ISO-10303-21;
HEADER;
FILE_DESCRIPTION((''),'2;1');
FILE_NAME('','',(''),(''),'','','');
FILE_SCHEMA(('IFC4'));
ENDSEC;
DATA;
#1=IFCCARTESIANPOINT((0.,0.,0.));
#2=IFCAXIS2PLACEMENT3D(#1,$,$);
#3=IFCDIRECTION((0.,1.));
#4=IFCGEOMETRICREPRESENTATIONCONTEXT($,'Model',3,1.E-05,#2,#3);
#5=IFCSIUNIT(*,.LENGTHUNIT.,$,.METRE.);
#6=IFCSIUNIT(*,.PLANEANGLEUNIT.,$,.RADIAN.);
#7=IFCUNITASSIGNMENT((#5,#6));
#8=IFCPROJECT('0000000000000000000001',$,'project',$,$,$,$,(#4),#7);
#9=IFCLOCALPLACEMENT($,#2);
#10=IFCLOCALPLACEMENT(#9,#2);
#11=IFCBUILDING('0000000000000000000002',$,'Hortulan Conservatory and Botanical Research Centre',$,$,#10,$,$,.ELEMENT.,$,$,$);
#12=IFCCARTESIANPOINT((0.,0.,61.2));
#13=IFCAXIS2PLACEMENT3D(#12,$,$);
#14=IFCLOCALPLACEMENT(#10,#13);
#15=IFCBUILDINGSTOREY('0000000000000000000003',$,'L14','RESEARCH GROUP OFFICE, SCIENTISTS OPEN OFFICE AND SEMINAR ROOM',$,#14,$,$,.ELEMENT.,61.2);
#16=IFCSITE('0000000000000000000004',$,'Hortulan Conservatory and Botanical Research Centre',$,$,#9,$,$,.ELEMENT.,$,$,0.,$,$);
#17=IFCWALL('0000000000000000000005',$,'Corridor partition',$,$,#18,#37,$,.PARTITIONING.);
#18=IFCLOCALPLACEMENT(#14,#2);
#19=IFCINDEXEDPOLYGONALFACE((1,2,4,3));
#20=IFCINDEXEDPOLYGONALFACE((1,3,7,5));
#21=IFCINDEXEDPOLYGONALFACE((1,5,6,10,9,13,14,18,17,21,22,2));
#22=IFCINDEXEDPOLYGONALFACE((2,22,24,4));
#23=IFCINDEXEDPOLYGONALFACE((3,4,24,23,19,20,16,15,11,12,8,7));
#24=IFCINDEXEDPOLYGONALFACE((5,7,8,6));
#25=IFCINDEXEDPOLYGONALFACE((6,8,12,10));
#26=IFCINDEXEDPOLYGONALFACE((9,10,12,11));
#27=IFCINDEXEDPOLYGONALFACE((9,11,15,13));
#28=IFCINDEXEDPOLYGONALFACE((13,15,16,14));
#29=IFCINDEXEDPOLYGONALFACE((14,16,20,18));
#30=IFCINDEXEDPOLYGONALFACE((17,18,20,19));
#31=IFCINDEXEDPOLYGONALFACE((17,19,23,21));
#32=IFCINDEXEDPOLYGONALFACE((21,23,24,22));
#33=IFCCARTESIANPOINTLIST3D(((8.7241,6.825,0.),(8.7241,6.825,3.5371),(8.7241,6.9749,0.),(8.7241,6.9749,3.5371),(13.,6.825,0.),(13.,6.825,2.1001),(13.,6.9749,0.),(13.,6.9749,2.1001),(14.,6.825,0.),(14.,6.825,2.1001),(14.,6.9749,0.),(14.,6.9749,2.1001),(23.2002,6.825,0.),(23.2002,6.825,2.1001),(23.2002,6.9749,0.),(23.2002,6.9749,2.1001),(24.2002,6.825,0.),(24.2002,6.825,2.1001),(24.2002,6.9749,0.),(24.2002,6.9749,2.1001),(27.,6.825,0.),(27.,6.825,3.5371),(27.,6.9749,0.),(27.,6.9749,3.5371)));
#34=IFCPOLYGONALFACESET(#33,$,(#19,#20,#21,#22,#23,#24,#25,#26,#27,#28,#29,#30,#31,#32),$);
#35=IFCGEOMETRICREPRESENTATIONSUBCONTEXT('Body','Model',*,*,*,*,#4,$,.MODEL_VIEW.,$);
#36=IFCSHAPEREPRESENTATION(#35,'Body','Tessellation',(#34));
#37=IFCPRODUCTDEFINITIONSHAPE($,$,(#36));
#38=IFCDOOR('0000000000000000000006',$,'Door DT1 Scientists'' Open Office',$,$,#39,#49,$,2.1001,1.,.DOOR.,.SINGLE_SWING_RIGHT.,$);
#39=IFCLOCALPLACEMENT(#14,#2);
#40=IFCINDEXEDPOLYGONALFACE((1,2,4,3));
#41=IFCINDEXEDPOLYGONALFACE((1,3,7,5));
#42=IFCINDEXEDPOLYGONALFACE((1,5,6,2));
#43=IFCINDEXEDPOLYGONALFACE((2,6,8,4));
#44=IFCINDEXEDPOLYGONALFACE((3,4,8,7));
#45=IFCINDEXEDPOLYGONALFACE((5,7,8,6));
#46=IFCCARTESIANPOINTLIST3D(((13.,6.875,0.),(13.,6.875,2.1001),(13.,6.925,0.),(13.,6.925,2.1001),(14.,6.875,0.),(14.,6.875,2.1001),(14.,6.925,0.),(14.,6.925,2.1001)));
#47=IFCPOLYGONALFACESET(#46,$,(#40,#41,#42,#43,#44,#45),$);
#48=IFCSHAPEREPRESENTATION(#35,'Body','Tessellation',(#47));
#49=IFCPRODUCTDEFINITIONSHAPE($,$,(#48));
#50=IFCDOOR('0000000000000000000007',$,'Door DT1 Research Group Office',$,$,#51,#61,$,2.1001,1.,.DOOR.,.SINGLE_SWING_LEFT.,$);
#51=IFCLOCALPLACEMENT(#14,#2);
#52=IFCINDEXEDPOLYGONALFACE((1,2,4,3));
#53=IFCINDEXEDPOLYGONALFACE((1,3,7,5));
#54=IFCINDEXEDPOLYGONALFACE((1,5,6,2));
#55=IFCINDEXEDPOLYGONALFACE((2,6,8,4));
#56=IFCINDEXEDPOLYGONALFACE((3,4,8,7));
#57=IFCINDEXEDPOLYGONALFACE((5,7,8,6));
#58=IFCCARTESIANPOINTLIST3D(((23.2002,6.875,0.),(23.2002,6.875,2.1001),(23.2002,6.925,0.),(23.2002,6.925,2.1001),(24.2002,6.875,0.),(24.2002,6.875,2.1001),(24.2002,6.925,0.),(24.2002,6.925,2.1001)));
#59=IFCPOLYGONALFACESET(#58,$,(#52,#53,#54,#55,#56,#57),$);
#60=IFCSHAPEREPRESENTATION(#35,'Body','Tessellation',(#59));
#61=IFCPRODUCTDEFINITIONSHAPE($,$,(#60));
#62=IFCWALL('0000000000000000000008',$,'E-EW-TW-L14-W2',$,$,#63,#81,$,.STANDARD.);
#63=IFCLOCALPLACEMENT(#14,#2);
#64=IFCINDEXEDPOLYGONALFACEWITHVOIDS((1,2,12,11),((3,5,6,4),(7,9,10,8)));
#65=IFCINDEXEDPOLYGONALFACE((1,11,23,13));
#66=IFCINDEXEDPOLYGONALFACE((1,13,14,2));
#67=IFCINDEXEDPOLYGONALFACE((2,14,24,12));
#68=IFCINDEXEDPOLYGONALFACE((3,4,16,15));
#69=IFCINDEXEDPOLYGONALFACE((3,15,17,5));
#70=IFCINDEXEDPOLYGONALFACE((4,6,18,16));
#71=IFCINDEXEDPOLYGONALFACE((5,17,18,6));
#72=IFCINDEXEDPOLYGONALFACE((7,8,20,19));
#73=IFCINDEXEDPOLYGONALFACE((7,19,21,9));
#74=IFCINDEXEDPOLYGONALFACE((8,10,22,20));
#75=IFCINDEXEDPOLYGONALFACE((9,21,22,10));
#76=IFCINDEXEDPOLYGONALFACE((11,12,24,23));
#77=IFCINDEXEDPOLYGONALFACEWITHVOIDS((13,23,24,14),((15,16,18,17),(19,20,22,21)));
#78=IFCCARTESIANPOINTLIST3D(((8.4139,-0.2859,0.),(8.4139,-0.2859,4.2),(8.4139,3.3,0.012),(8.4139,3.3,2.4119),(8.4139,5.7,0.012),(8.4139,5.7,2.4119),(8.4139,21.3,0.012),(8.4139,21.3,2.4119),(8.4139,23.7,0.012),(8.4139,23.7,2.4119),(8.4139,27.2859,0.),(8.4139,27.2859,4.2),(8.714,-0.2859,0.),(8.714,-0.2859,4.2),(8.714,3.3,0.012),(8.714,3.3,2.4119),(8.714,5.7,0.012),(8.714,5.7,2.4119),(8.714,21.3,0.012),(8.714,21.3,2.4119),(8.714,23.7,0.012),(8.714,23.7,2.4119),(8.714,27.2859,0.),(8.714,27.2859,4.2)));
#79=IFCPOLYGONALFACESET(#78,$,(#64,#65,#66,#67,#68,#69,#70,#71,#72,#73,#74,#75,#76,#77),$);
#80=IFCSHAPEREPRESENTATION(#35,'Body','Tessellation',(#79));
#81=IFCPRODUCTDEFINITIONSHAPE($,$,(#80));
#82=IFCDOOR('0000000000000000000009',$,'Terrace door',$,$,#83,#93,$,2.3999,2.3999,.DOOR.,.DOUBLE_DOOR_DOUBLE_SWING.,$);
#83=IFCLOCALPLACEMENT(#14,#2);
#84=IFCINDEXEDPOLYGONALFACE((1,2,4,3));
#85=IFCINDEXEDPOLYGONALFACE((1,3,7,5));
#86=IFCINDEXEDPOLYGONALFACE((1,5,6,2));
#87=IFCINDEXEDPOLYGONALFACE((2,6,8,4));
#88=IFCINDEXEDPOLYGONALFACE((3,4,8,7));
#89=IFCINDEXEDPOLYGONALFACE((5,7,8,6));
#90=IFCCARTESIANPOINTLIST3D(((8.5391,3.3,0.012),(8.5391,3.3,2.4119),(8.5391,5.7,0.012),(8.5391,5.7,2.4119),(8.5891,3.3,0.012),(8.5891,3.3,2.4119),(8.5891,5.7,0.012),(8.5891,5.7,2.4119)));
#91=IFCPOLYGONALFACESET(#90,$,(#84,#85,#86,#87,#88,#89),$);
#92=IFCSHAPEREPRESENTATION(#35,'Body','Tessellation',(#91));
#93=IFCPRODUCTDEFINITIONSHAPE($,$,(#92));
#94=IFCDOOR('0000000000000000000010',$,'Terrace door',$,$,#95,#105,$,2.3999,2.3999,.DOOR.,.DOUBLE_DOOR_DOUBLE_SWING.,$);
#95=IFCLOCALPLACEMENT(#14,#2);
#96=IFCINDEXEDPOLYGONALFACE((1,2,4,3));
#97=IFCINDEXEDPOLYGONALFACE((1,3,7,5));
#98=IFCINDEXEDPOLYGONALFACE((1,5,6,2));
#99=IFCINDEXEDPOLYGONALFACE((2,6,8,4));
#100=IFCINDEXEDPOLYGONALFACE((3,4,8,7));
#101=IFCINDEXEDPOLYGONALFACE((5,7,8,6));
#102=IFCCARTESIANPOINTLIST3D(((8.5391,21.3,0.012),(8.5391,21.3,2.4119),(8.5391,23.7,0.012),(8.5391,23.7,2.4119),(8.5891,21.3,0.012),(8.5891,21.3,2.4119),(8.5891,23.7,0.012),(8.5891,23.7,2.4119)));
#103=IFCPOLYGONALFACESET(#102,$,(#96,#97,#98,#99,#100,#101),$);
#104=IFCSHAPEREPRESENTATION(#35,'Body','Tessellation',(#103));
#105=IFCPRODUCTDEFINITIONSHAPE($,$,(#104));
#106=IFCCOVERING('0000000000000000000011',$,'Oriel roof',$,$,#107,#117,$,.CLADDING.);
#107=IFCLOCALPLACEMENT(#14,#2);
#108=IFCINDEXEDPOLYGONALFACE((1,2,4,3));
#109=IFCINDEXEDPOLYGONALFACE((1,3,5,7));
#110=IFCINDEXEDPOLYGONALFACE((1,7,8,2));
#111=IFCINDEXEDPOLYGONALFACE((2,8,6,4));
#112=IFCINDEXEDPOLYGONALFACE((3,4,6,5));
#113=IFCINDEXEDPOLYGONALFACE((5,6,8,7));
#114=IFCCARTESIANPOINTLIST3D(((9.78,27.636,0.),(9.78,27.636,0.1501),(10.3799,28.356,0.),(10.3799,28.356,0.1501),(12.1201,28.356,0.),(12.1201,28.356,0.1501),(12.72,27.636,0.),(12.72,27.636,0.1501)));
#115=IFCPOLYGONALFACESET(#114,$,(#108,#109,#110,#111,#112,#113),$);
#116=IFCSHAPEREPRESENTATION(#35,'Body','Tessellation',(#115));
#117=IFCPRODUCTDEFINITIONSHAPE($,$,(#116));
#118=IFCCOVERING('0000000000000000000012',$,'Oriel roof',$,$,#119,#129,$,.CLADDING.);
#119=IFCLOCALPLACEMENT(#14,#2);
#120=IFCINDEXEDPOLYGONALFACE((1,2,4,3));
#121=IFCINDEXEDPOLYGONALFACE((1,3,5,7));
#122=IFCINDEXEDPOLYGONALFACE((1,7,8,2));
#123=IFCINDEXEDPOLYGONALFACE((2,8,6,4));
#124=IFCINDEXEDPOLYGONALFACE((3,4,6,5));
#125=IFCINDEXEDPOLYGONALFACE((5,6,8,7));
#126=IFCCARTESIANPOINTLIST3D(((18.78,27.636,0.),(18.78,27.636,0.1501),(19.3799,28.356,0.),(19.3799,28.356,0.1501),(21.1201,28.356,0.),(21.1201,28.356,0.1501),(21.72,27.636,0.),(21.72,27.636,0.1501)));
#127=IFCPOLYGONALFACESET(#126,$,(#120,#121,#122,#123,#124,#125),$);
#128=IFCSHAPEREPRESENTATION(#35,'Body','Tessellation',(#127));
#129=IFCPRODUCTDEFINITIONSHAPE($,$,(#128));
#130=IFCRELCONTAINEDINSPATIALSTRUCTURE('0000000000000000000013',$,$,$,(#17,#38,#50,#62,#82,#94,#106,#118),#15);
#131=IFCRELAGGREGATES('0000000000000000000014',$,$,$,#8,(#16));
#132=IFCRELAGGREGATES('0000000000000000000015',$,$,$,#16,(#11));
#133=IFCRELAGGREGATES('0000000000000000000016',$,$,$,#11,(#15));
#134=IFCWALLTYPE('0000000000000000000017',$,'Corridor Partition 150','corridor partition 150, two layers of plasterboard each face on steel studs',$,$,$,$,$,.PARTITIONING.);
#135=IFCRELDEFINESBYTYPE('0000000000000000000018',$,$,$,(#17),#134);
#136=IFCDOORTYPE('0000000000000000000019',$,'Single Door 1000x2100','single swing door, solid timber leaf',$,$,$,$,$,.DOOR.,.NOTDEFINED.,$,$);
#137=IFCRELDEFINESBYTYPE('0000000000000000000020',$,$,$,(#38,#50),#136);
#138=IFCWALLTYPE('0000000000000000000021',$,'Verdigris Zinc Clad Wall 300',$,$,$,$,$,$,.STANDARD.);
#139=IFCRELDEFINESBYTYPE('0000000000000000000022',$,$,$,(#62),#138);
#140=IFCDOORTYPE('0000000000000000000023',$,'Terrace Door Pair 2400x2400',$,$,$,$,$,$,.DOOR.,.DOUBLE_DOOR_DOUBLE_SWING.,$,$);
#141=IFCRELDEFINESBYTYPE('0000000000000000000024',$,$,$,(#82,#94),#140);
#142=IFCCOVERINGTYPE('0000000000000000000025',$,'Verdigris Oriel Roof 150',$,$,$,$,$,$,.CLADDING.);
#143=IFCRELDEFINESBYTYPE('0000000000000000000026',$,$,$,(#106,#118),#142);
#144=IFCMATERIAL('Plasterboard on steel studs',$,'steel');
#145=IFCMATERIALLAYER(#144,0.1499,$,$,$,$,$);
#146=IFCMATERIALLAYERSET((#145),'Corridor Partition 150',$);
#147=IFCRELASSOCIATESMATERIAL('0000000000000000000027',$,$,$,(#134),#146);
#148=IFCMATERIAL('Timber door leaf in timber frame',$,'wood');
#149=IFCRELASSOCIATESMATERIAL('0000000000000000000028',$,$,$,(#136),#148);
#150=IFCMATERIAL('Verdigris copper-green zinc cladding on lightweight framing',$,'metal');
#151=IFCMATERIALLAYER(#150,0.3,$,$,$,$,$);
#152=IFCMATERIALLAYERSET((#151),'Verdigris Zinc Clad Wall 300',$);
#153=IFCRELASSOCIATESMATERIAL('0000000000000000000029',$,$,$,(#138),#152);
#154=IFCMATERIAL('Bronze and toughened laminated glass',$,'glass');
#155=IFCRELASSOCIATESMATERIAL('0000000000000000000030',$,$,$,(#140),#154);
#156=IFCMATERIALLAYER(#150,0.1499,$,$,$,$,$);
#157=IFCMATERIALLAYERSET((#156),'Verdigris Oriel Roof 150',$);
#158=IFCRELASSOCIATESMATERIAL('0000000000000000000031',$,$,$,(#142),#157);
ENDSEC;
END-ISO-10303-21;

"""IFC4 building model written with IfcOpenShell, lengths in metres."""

from ifc_helpers import new_model, si_unit, direction, frame, frame_2d, origin, place, context, subcontext, project, spatial, polyline, rectangle, outline, extrude, material, layer, layer_set, type_object, element, fill, save


model = new_model("IFC4")

# Units and contexts
model_context = context("Model", 3, precision=1e-05, world=origin(), true_north=direction((0.0, 1.0)))
body_context = subcontext(model_context, "Body", "Model", "MODEL_VIEW")
ifc_project = project(units=[si_unit("LENGTHUNIT", "METRE"), si_unit("PLANEANGLEUNIT", "RADIAN")], contexts=[model_context])

# Site, building, storey
site_placement = place(None, origin())
site = spatial("IfcSite", under=ifc_project, at=site_placement, Name="Hortulan Conservatory and Botanical Research Centre", CompositionType="ELEMENT", RefElevation=0.0)
building_placement = place(site_placement, origin())
building = spatial("IfcBuilding", under=site, at=building_placement, Name="Hortulan Conservatory and Botanical Research Centre", CompositionType="ELEMENT")
storey_placement = place(building_placement, frame((0.0, 0.0, 61.2)))
storey = spatial("IfcBuildingStorey", under=building, at=storey_placement, Name="L14", Description="RESEARCH GROUP OFFICE, SCIENTISTS OPEN OFFICE AND SEMINAR ROOM", CompositionType="ELEMENT", Elevation=61.2)

# Walls, openings, doors
ifc_material_1 = material(Name="Plasterboard on steel studs", Category="steel")
ifc_layer_1 = layer(ifc_material_1, 0.1499)
ifc_layer_set_1 = layer_set([ifc_layer_1], Name="Corridor Partition 150")
wall_type_1 = type_object("IfcWallType", Name="Corridor Partition 150", Description="corridor partition 150, two layers of plasterboard each face on steel studs", PredefinedType="PARTITIONING", material=ifc_layer_set_1)
wall_1_placement = place(storey_placement, frame((8.7241, 6.8999, 0.0), z_axis=(0.0, 0.0, 1.0), x_axis=(1.0, 0.0, 0.0)))
wall_1 = element("IfcWall", 1, at=wall_1_placement, inside=storey, type_object=wall_type_1, Name="Corridor partition", PredefinedType="PARTITIONING", context=body_context, shape_type="SweptSolid", body=[
    extrude(rectangle(XDim=18.2759, YDim=0.1499, at=frame_2d((9.1379, 0.0))), origin(), (0.0, 0.0, 1.0), 3.5371),
])
opening_1_placement = place(wall_1_placement, frame((4.2759, 0.0, 0.0)))
opening_1 = element("IfcOpeningElement", 2, at=opening_1_placement, cuts=wall_1, PredefinedType="OPENING", context=body_context, shape_type="SweptSolid", body=[
    extrude(rectangle(XDim=1.0, YDim=2.1001, at=frame_2d((0.5, 1.05))), frame((0.0, 0.085, 0.0), z_axis=(0.0, -1.0, 0.0), x_axis=(1.0, 0.0, 0.0)), (0.0, 0.0, 1.0), 0.1699),
])
opening_2_placement = place(wall_1_placement, frame((14.4761, 0.0, 0.0)))
opening_2 = element("IfcOpeningElement", 3, at=opening_2_placement, cuts=wall_1, PredefinedType="OPENING", context=body_context, shape_type="SweptSolid", body=[
    extrude(rectangle(XDim=1.0, YDim=2.1001, at=frame_2d((0.5, 1.05))), frame((0.0, 0.085, 0.0), z_axis=(0.0, -1.0, 0.0), x_axis=(1.0, 0.0, 0.0)), (0.0, 0.0, 1.0), 0.1699),
])
ifc_material_2 = material(Name="Timber door leaf in timber frame", Category="wood")
door_type_1 = type_object("IfcDoorType", Name="Single Door 1000x2100", Description="single swing door, solid timber leaf", OperationType="NOTDEFINED", PredefinedType="DOOR", material=ifc_material_2)
door_1_placement = place(opening_1_placement, frame((1.0, 0.0, 0.0), z_axis=(0.0, 0.0, 1.0), x_axis=(-1.0, 0.0, 0.0)))
door_1 = element("IfcDoor", 4, at=door_1_placement, inside=storey, type_object=door_type_1, Name="Door DT1 Scientists' Open Office", OperationType="SINGLE_SWING_RIGHT", OverallHeight=2.1001, OverallWidth=1.0, PredefinedType="DOOR", context=body_context, shape_type="SweptSolid", body=[
    extrude(rectangle(XDim=1.0, YDim=2.1001, at=frame_2d((0.5, 1.05))), frame((0.0, 0.0249, 0.0), z_axis=(0.0, -1.0, 0.0), x_axis=(1.0, 0.0, 0.0)), (0.0, 0.0, 1.0), 0.05),
])
fill(opening_1, door_1)
door_2_placement = place(opening_2_placement, frame((1.0, 0.0, 0.0), z_axis=(0.0, 0.0, 1.0), x_axis=(-1.0, 0.0, 0.0)))
door_2 = element("IfcDoor", 5, at=door_2_placement, inside=storey, type_object=door_type_1, Name="Door DT1 Research Group Office", OperationType="SINGLE_SWING_LEFT", OverallHeight=2.1001, OverallWidth=1.0, PredefinedType="DOOR", context=body_context, shape_type="SweptSolid", body=[
    extrude(rectangle(XDim=1.0, YDim=2.1001, at=frame_2d((0.5, 1.05))), frame((0.0, 0.0249, 0.0), z_axis=(0.0, -1.0, 0.0), x_axis=(1.0, 0.0, 0.0)), (0.0, 0.0, 1.0), 0.05),
])
fill(opening_2, door_2)
ifc_material_3 = material(Name="Verdigris copper-green zinc cladding on lightweight framing", Category="metal")
ifc_layer_2 = layer(ifc_material_3, 0.3)
ifc_layer_set_2 = layer_set([ifc_layer_2], Name="Verdigris Zinc Clad Wall 300")
wall_type_2 = type_object("IfcWallType", Name="Verdigris Zinc Clad Wall 300", PredefinedType="STANDARD", material=ifc_layer_set_2)
wall_2_placement = place(storey_placement, frame((8.564, -0.2859, 0.0), z_axis=(0.0, 0.0, 1.0), x_axis=(0.0, 1.0, 0.0)))
wall_2 = element("IfcWall", 6, at=wall_2_placement, inside=storey, type_object=wall_type_2, Name="E-EW-TW-L14-W2", PredefinedType="STANDARD", context=body_context, shape_type="SweptSolid", body=[
    extrude(rectangle(XDim=27.5718, YDim=0.3, at=frame_2d((13.7859, 0.0))), origin(), (0.0, 0.0, 1.0), 4.2),
])
opening_3_placement = place(wall_2_placement, frame((3.5859, 0.0, 0.012)))
opening_3 = element("IfcOpeningElement", 7, at=opening_3_placement, cuts=wall_2, PredefinedType="OPENING", context=body_context, shape_type="SweptSolid", body=[
    extrude(rectangle(XDim=2.3999, YDim=2.3999, at=frame_2d((1.2, 1.2))), frame((0.0, 0.1599, 0.0), z_axis=(0.0, -1.0, 0.0), x_axis=(1.0, 0.0, 0.0)), (0.0, 0.0, 1.0), 0.3201),
])
opening_4_placement = place(wall_2_placement, frame((21.5859, 0.0, 0.012)))
opening_4 = element("IfcOpeningElement", 8, at=opening_4_placement, cuts=wall_2, PredefinedType="OPENING", context=body_context, shape_type="SweptSolid", body=[
    extrude(rectangle(XDim=2.3999, YDim=2.3999, at=frame_2d((1.2, 1.2))), frame((0.0, 0.1599, 0.0), z_axis=(0.0, -1.0, 0.0), x_axis=(1.0, 0.0, 0.0)), (0.0, 0.0, 1.0), 0.3201),
])
ifc_material_4 = material(Name="Bronze and toughened laminated glass", Category="glass")
door_type_2 = type_object("IfcDoorType", Name="Terrace Door Pair 2400x2400", OperationType="DOUBLE_DOOR_DOUBLE_SWING", PredefinedType="DOOR", material=ifc_material_4)
door_3_placement = place(opening_3_placement, origin())
door_3 = element("IfcDoor", 9, at=door_3_placement, inside=storey, type_object=door_type_2, Name="Terrace door", OperationType="DOUBLE_DOOR_DOUBLE_SWING", OverallHeight=2.3999, OverallWidth=2.3999, PredefinedType="DOOR", context=body_context, shape_type="SweptSolid", body=[
    extrude(rectangle(XDim=2.3999, YDim=2.3999, at=frame_2d((1.2, 1.2))), frame((0.0, 0.0249, 0.0), z_axis=(0.0, -1.0, 0.0), x_axis=(1.0, 0.0, 0.0)), (0.0, 0.0, 1.0), 0.05),
])
fill(opening_3, door_3)
door_4_placement = place(opening_4_placement, origin())
door_4 = element("IfcDoor", 10, at=door_4_placement, inside=storey, type_object=door_type_2, Name="Terrace door", OperationType="DOUBLE_DOOR_DOUBLE_SWING", OverallHeight=2.3999, OverallWidth=2.3999, PredefinedType="DOOR", context=body_context, shape_type="SweptSolid", body=[
    extrude(rectangle(XDim=2.3999, YDim=2.3999, at=frame_2d((1.2, 1.2))), frame((0.0, 0.0249, 0.0), z_axis=(0.0, -1.0, 0.0), x_axis=(1.0, 0.0, 0.0)), (0.0, 0.0, 1.0), 0.05),
])
fill(opening_4, door_4)

# Coverings
ifc_layer_3 = layer(ifc_material_3, 0.1499)
ifc_layer_set_3 = layer_set([ifc_layer_3], Name="Verdigris Oriel Roof 150")
covering_type = type_object("IfcCoveringType", Name="Verdigris Oriel Roof 150", PredefinedType="CLADDING", material=ifc_layer_set_3)
covering_1_placement = place(storey_placement, origin())
element("IfcCovering", 11, at=covering_1_placement, inside=storey, type_object=covering_type, Name="Oriel roof", PredefinedType="CLADDING", context=body_context, shape_type="SweptSolid", body=[
    extrude(outline(polyline([(9.78, 27.636), (10.3799, 28.356), (12.1201, 28.356), (12.72, 27.636), (9.78, 27.636)])), origin(), (0.0, 0.0, 1.0), 0.1501),
])
covering_2_placement = place(storey_placement, origin())
element("IfcCovering", 12, at=covering_2_placement, inside=storey, type_object=covering_type, Name="Oriel roof", PredefinedType="CLADDING", context=body_context, shape_type="SweptSolid", body=[
    extrude(outline(polyline([(18.78, 27.636), (19.3799, 28.356), (21.1201, 28.356), (21.72, 27.636), (18.78, 27.636)])), origin(), (0.0, 0.0, 1.0), 0.1501),
])

save(model, "model.ifc")
